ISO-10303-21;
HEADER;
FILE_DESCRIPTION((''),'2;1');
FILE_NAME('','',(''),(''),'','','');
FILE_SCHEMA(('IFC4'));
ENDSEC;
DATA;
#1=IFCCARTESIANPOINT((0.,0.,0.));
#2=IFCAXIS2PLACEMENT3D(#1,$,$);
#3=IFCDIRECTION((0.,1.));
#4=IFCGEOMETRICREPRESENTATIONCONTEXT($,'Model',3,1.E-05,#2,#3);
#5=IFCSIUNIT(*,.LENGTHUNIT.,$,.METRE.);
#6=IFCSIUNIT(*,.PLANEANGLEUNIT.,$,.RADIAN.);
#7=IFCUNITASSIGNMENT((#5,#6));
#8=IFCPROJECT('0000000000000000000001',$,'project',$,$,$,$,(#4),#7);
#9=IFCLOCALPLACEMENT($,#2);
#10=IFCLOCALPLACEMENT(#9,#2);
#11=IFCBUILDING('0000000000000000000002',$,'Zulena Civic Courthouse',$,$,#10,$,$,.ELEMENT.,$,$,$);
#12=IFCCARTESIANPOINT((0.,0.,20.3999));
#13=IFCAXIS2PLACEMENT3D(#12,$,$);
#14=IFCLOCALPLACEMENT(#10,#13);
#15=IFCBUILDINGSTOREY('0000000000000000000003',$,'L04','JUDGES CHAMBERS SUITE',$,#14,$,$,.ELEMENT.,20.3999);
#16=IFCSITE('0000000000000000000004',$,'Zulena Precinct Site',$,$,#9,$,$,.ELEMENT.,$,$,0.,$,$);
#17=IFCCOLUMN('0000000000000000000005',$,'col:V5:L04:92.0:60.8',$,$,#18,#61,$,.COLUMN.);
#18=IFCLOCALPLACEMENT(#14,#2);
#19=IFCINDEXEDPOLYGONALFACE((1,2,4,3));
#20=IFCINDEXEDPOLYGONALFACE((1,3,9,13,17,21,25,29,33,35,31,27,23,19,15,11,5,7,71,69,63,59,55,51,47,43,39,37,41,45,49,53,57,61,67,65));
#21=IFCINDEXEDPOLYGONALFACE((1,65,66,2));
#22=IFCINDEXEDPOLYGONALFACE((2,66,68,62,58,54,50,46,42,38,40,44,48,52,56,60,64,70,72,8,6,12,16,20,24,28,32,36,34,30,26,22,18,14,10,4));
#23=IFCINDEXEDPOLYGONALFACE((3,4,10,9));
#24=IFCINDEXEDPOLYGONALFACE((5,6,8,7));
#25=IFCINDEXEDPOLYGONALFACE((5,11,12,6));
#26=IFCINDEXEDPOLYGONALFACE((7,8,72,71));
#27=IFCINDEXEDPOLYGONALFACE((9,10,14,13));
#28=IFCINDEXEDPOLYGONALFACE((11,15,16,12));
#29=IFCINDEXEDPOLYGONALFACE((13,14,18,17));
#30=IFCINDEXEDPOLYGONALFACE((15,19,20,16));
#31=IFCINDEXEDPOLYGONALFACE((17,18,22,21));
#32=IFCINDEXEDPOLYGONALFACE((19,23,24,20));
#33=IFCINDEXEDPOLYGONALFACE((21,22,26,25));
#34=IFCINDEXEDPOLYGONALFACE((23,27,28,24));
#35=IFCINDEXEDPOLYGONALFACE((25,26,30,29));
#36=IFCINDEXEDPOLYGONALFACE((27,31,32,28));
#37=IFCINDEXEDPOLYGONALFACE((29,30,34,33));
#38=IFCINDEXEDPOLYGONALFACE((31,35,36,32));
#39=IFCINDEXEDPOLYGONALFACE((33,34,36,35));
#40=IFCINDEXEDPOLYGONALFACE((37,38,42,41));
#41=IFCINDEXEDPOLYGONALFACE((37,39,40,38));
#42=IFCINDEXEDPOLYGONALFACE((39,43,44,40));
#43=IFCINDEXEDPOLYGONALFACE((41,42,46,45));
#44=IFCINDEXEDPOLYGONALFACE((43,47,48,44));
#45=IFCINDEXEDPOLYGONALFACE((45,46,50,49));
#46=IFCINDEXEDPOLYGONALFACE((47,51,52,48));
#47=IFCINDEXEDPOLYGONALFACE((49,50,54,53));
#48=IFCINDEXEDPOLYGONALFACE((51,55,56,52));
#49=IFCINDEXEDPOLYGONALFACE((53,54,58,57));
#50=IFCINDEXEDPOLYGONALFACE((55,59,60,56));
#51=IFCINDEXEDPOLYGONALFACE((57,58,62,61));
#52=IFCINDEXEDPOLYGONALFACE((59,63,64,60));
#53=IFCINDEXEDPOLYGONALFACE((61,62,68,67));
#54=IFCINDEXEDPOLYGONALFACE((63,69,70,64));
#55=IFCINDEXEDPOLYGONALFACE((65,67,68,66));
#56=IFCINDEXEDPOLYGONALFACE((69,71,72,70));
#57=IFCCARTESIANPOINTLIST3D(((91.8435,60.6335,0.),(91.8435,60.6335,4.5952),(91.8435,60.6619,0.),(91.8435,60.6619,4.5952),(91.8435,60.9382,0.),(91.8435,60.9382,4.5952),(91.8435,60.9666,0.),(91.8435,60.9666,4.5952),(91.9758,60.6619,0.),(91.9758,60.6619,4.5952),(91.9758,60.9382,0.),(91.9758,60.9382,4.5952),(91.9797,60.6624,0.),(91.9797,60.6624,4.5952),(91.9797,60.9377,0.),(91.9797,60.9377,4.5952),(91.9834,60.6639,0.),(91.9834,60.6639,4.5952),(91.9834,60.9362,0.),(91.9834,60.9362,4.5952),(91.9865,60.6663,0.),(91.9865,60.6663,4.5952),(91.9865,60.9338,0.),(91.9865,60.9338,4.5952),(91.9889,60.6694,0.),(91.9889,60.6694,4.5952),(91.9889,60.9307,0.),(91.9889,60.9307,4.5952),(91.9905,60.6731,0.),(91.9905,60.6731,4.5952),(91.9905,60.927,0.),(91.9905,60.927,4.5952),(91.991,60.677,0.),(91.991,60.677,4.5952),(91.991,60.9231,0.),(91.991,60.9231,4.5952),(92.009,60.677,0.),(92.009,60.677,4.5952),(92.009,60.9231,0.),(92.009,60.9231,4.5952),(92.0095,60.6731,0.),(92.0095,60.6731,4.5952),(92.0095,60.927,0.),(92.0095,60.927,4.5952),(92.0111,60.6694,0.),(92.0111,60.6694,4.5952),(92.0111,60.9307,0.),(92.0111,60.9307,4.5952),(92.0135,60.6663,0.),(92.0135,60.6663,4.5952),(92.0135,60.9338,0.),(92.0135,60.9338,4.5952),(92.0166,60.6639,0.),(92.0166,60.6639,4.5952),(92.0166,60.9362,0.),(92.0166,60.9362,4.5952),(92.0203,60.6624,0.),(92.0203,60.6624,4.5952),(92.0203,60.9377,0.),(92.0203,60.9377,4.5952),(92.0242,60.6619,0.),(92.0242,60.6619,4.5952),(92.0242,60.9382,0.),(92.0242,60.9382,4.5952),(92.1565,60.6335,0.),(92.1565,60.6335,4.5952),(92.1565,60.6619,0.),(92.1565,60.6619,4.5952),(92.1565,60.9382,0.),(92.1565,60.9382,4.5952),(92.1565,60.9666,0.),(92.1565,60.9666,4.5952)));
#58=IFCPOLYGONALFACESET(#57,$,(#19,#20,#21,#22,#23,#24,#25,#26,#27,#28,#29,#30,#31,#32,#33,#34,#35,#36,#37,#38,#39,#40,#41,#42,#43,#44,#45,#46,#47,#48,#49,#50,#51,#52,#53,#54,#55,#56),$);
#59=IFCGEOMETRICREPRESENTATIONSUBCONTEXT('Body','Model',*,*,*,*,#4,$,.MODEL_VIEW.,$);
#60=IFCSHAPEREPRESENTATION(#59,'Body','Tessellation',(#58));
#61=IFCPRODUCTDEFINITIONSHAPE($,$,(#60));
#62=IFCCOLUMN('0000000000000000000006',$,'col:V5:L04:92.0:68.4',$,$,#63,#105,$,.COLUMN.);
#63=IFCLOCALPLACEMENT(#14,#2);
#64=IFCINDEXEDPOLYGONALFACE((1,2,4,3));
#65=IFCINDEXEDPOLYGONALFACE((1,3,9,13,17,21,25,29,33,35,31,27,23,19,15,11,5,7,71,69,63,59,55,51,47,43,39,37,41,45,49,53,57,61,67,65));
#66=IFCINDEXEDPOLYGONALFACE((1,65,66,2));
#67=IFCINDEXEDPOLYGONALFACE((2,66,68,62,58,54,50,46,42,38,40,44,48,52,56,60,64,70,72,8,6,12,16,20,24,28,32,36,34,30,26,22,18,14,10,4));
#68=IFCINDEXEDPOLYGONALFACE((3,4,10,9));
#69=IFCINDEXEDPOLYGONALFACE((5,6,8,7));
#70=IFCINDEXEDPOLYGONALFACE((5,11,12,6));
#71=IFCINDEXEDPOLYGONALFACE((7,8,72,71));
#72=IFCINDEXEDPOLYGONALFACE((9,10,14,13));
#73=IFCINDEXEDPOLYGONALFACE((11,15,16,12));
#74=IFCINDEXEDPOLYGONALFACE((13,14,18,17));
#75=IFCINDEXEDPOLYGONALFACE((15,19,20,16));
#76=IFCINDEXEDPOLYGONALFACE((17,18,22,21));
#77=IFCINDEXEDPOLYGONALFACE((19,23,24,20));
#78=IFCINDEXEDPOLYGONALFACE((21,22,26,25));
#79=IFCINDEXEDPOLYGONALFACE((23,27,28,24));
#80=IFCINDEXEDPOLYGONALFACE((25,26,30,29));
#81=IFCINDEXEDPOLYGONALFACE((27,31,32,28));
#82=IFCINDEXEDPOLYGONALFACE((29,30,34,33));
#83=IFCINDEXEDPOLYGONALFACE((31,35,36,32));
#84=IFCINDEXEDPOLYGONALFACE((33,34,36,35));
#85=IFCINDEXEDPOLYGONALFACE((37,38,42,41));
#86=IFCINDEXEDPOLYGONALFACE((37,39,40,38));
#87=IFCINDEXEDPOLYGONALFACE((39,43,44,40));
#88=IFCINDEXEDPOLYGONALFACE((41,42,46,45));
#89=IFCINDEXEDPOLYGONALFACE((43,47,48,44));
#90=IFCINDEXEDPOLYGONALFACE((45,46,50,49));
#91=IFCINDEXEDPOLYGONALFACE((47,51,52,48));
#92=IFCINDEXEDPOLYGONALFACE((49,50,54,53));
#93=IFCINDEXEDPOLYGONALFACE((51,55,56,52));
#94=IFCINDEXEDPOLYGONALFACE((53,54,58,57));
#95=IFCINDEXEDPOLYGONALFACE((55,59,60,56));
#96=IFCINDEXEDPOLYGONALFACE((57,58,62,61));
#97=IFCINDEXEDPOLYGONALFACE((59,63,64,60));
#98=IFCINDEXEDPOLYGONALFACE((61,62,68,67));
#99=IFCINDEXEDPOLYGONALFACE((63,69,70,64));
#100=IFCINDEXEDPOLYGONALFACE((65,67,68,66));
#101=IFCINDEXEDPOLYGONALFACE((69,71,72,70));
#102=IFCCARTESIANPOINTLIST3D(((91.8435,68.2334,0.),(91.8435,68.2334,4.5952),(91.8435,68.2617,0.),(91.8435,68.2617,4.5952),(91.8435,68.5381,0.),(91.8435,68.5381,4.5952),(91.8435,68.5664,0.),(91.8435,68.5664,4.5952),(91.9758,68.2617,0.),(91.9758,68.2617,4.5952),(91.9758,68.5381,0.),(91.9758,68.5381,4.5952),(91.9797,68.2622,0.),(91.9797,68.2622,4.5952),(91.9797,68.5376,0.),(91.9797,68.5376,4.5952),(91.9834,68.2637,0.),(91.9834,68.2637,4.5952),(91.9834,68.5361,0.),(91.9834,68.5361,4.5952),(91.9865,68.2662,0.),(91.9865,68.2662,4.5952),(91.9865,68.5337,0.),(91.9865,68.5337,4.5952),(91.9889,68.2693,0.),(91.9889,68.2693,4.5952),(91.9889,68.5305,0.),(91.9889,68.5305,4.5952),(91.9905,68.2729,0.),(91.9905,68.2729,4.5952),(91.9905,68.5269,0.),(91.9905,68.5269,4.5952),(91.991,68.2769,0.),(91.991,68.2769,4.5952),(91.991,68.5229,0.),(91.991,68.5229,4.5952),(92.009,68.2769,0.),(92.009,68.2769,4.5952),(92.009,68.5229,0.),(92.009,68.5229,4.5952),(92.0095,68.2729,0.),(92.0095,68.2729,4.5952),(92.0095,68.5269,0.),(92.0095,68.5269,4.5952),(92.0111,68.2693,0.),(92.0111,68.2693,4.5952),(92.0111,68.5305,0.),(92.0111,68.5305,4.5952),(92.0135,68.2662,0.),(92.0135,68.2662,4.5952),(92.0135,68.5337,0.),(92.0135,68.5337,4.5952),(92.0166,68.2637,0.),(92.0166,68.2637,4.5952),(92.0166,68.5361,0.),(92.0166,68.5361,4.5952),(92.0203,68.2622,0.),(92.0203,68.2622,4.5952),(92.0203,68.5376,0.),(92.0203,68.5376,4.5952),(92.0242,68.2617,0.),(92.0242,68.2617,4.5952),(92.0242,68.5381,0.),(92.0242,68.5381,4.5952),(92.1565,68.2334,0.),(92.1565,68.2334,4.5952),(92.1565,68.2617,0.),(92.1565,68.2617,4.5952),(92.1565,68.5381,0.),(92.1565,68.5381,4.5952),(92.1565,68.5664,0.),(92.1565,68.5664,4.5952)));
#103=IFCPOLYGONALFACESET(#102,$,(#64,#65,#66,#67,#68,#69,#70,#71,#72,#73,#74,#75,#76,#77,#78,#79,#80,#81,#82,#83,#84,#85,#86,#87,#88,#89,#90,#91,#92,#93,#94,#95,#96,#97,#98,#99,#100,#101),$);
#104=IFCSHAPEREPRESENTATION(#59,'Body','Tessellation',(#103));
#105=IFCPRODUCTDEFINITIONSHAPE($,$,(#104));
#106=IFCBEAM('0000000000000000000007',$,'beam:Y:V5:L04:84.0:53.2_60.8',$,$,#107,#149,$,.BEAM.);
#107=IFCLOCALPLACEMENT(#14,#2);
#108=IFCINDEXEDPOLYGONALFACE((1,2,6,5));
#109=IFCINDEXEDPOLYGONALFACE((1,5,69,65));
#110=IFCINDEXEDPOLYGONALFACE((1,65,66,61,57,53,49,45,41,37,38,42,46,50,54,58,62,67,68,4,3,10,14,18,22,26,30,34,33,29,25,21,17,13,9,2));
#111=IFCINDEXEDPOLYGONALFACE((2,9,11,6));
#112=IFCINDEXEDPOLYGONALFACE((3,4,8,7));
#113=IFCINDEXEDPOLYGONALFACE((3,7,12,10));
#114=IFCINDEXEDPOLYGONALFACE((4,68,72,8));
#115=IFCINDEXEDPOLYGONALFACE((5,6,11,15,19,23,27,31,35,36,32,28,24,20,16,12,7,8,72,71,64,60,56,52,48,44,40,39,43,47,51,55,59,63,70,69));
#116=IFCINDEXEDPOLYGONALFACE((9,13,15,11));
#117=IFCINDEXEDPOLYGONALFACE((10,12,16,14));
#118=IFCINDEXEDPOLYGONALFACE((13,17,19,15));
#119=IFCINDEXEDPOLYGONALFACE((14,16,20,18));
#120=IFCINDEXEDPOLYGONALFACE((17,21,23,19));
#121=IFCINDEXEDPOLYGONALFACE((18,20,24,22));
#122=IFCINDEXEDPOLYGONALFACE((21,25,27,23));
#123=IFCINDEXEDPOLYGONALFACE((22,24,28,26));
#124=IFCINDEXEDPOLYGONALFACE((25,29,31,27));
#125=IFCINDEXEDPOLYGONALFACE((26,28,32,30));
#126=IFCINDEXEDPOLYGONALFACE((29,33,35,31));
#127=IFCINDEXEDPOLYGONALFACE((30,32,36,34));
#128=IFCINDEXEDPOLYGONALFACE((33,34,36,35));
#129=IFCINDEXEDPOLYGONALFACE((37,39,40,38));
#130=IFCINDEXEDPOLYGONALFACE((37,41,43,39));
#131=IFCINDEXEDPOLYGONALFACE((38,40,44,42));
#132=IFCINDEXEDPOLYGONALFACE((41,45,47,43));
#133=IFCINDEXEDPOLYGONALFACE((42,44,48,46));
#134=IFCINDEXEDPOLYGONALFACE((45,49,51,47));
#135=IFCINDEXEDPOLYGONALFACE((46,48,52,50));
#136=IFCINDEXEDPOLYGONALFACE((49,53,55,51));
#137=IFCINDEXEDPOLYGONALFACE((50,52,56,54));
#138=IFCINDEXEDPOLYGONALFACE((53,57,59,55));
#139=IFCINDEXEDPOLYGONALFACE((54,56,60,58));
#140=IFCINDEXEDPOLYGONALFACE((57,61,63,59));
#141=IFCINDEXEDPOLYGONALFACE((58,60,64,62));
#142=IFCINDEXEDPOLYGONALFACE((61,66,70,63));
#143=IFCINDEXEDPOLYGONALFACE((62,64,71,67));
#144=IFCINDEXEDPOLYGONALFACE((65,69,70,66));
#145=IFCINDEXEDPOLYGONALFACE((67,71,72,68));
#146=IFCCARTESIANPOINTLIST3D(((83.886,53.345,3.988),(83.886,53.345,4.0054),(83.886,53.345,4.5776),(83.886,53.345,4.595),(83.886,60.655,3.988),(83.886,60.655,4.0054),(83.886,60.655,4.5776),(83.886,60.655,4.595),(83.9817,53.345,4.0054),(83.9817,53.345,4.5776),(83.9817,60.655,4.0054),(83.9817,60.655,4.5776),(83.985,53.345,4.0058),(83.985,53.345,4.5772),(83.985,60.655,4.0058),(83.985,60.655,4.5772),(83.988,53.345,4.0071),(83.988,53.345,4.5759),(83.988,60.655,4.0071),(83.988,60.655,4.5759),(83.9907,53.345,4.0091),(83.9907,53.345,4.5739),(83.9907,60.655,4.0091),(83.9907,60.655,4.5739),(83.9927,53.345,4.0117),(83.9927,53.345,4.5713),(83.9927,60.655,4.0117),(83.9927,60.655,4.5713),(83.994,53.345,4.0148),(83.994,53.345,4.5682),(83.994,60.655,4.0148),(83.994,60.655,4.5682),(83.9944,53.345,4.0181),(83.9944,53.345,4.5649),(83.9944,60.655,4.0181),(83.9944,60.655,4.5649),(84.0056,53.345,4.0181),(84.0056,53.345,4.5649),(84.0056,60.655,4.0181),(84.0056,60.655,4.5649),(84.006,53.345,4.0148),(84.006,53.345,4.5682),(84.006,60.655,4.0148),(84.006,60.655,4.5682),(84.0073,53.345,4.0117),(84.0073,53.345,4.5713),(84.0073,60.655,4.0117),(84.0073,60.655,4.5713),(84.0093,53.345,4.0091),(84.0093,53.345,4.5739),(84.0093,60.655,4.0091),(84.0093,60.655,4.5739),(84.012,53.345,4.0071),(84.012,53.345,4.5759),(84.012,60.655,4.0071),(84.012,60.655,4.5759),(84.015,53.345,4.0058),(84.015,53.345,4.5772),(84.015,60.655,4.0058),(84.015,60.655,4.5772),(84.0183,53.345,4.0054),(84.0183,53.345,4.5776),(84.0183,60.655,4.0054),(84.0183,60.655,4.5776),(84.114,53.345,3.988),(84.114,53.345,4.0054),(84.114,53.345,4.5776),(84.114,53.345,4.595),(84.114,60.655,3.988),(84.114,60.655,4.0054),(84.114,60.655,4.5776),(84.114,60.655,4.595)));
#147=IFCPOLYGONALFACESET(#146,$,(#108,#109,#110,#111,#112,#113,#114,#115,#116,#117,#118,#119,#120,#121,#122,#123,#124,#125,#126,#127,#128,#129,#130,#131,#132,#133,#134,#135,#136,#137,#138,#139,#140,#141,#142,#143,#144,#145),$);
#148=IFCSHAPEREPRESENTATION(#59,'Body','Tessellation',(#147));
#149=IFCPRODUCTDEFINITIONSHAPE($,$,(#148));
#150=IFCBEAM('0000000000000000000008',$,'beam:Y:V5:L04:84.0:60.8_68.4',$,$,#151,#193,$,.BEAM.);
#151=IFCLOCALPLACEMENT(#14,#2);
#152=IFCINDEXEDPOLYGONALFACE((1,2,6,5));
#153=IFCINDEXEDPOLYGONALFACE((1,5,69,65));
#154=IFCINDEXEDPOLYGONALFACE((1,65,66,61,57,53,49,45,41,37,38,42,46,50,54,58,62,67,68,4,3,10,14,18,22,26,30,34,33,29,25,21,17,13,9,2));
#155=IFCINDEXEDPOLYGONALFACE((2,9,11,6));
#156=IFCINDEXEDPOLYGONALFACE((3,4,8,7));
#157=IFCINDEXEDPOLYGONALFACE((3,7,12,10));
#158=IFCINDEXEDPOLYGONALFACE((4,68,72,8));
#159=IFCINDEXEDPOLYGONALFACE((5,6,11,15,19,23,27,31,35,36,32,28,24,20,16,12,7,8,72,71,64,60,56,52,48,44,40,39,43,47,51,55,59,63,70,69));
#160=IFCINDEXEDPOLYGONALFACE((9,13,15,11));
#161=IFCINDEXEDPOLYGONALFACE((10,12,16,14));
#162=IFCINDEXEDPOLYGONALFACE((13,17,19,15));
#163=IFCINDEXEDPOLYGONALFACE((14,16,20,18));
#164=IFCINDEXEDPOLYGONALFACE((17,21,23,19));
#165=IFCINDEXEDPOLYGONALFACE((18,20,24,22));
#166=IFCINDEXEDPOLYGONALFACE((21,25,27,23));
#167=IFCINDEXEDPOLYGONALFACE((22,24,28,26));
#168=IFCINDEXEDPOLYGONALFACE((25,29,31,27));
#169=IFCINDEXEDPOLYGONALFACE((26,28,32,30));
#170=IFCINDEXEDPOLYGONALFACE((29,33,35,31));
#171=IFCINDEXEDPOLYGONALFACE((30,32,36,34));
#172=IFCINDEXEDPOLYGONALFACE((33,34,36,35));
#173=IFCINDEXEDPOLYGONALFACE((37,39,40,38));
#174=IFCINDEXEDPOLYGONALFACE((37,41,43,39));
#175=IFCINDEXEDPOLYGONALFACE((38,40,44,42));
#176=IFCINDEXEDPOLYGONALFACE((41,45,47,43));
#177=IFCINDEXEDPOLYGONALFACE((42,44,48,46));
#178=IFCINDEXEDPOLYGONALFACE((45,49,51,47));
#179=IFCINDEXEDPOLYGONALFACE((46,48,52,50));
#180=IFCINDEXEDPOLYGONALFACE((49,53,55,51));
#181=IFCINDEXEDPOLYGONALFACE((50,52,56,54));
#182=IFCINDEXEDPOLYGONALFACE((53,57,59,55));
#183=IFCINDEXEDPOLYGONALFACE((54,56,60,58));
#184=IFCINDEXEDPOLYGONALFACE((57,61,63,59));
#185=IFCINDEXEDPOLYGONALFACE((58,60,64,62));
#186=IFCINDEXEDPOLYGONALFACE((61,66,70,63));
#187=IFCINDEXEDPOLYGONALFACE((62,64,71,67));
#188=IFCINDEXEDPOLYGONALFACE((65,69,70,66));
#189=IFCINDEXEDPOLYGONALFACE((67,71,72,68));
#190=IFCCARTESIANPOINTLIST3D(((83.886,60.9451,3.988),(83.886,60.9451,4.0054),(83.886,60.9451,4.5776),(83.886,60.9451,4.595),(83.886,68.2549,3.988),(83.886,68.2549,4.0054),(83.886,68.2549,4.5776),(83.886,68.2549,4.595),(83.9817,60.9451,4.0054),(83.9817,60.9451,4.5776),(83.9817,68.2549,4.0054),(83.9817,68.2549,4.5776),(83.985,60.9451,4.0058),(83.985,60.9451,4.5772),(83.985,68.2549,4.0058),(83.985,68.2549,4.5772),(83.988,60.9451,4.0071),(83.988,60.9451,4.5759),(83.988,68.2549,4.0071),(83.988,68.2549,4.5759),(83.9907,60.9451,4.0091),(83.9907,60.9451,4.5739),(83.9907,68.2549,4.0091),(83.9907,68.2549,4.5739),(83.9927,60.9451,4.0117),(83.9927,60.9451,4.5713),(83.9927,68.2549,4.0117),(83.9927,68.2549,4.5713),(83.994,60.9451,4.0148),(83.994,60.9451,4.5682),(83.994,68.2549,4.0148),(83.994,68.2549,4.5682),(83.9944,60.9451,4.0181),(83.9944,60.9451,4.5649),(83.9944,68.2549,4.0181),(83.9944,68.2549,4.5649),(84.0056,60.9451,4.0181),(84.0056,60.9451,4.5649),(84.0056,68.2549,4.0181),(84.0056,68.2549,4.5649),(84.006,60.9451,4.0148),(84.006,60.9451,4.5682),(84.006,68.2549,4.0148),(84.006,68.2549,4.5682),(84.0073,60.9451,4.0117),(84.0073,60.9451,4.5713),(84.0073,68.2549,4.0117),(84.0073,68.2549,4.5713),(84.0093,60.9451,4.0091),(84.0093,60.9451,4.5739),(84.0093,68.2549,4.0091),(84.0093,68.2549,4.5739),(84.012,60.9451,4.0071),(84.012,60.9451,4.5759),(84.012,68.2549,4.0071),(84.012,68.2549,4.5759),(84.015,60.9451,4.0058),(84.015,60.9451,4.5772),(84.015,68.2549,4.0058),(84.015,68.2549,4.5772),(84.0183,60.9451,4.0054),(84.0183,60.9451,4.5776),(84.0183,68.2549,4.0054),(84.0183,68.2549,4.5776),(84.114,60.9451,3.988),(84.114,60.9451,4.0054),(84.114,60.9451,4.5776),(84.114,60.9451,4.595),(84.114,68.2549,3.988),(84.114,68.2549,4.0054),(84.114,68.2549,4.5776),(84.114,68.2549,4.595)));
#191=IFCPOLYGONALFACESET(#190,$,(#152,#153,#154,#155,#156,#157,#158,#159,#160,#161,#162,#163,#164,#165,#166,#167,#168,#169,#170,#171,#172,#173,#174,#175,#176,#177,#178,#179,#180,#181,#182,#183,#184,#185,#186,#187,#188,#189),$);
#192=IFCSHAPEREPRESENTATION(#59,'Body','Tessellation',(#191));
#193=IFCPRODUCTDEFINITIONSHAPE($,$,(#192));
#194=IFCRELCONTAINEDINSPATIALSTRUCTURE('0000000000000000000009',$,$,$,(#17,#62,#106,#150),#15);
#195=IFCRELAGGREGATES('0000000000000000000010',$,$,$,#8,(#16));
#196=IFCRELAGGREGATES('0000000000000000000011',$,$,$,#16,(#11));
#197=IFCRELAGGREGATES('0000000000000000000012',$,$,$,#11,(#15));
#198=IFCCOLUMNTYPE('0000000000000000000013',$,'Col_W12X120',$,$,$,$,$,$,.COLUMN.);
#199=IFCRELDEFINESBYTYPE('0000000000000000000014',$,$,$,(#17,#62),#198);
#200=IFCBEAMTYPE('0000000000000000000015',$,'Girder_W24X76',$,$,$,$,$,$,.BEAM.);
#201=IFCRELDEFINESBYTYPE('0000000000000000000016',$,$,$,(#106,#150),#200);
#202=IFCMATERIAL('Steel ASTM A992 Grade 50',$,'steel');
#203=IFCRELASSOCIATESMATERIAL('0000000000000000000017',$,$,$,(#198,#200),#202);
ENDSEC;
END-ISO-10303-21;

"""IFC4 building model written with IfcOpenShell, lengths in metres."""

from ifc_helpers import new_model, si_unit, direction, frame, origin, origin_2d, place, context, subcontext, project, spatial, i_section, extrude, material, material_profile, profile_set, type_object, element, save


model = new_model("IFC4")

# Units and contexts
model_context = context("Model", 3, precision=1e-05, world=origin(), true_north=direction((0.0, 1.0)))
body_context = subcontext(model_context, "Body", "Model", "MODEL_VIEW")
ifc_project = project(units=[si_unit("LENGTHUNIT", "METRE"), si_unit("PLANEANGLEUNIT", "RADIAN")], contexts=[model_context])

# Site, building, storey
site_placement = place(None, origin())
site = spatial("IfcSite", under=ifc_project, at=site_placement, Name="Zulena Precinct Site", CompositionType="ELEMENT", RefElevation=0.0)
building_placement = place(site_placement, origin())
building = spatial("IfcBuilding", under=site, at=building_placement, Name="Zulena Civic Courthouse", CompositionType="ELEMENT")
storey_placement = place(building_placement, frame((0.0, 0.0, 20.3999)))
storey = spatial("IfcBuildingStorey", under=building, at=storey_placement, Name="L04", Description="JUDGES CHAMBERS SUITE", CompositionType="ELEMENT", Elevation=20.3999)

# Columns
ifc_material_1 = material(Name="Steel ASTM A992 Grade 50", Category="steel")
ifc_material_profile_1 = material_profile(ifc_material_1, i_section(OverallWidth=0.313, OverallDepth=0.333, WebThickness=0.0181, FlangeThickness=0.0283, FilletRadius=0.0151, at=origin_2d()), Name="W12X120")
ifc_profile_set_1 = profile_set([ifc_material_profile_1], Name="Steel ASTM A992 Grade 50")
column_type = type_object("IfcColumnType", Name="Col_W12X120", PredefinedType="COLUMN", material=ifc_profile_set_1)
for number, where, z_axis, x_axis, name in (
    (1, (92.0, 60.8, 0.0), (0.0, 0.0, 1.0), (1.0, 0.0, 0.0), "col:V5:L04:92.0:60.8"),
    (2, (92.0, 68.3999, 0.0), (0.0, 0.0, 1.0), (1.0, 0.0, 0.0), "col:V5:L04:92.0:68.4"),
):
    element("IfcColumn", number, at=place(storey_placement, frame(where, z_axis=z_axis, x_axis=x_axis)), inside=storey, type_object=column_type, Name=name, PredefinedType="COLUMN", context=body_context, shape_type="SweptSolid", body=[
        extrude(i_section(OverallWidth=0.313, OverallDepth=0.333, WebThickness=0.0181, FlangeThickness=0.0283, FilletRadius=0.0151, at=origin_2d()), origin(), (0.0, 0.0, 1.0), 4.5952),
    ])

# Beams
ifc_material_profile_2 = material_profile(ifc_material_1, i_section(OverallWidth=0.228, OverallDepth=0.6069, WebThickness=0.0112, FlangeThickness=0.0173, FilletRadius=0.0127, at=origin_2d()), Name="W24X76")
ifc_profile_set_2 = profile_set([ifc_material_profile_2], Name="Steel ASTM A992 Grade 50")
beam_type_1 = type_object("IfcBeamType", Name="Girder_W24X76", PredefinedType="BEAM", material=ifc_profile_set_2)
beam_1_placement = place(storey_placement, frame((84.0, 53.345, 4.2915), z_axis=(0.0, 1.0, 0.0), x_axis=(-1.0, 0.0, 0.0)))
element("IfcBeam", 3, at=beam_1_placement, inside=storey, type_object=beam_type_1, Name="beam:Y:V5:L04:84.0:53.2_60.8", PredefinedType="BEAM", context=body_context, shape_type="SweptSolid", body=[
    extrude(i_section(OverallWidth=0.228, OverallDepth=0.6069, WebThickness=0.0112, FlangeThickness=0.0173, FilletRadius=0.0127, at=origin_2d()), origin(), (0.0, 0.0, 1.0), 7.3101),
])
beam_2_placement = place(storey_placement, frame((84.0, 60.9451, 4.2915), z_axis=(0.0, 1.0, 0.0), x_axis=(-1.0, 0.0, 0.0)))
element("IfcBeam", 4, at=beam_2_placement, inside=storey, type_object=beam_type_1, Name="beam:Y:V5:L04:84.0:60.8_68.4", PredefinedType="BEAM", context=body_context, shape_type="SweptSolid", body=[
    extrude(i_section(OverallWidth=0.228, OverallDepth=0.6069, WebThickness=0.0112, FlangeThickness=0.0173, FilletRadius=0.0127, at=origin_2d()), origin(), (0.0, 0.0, 1.0), 7.3098),
])

save(model, "model.ifc")
